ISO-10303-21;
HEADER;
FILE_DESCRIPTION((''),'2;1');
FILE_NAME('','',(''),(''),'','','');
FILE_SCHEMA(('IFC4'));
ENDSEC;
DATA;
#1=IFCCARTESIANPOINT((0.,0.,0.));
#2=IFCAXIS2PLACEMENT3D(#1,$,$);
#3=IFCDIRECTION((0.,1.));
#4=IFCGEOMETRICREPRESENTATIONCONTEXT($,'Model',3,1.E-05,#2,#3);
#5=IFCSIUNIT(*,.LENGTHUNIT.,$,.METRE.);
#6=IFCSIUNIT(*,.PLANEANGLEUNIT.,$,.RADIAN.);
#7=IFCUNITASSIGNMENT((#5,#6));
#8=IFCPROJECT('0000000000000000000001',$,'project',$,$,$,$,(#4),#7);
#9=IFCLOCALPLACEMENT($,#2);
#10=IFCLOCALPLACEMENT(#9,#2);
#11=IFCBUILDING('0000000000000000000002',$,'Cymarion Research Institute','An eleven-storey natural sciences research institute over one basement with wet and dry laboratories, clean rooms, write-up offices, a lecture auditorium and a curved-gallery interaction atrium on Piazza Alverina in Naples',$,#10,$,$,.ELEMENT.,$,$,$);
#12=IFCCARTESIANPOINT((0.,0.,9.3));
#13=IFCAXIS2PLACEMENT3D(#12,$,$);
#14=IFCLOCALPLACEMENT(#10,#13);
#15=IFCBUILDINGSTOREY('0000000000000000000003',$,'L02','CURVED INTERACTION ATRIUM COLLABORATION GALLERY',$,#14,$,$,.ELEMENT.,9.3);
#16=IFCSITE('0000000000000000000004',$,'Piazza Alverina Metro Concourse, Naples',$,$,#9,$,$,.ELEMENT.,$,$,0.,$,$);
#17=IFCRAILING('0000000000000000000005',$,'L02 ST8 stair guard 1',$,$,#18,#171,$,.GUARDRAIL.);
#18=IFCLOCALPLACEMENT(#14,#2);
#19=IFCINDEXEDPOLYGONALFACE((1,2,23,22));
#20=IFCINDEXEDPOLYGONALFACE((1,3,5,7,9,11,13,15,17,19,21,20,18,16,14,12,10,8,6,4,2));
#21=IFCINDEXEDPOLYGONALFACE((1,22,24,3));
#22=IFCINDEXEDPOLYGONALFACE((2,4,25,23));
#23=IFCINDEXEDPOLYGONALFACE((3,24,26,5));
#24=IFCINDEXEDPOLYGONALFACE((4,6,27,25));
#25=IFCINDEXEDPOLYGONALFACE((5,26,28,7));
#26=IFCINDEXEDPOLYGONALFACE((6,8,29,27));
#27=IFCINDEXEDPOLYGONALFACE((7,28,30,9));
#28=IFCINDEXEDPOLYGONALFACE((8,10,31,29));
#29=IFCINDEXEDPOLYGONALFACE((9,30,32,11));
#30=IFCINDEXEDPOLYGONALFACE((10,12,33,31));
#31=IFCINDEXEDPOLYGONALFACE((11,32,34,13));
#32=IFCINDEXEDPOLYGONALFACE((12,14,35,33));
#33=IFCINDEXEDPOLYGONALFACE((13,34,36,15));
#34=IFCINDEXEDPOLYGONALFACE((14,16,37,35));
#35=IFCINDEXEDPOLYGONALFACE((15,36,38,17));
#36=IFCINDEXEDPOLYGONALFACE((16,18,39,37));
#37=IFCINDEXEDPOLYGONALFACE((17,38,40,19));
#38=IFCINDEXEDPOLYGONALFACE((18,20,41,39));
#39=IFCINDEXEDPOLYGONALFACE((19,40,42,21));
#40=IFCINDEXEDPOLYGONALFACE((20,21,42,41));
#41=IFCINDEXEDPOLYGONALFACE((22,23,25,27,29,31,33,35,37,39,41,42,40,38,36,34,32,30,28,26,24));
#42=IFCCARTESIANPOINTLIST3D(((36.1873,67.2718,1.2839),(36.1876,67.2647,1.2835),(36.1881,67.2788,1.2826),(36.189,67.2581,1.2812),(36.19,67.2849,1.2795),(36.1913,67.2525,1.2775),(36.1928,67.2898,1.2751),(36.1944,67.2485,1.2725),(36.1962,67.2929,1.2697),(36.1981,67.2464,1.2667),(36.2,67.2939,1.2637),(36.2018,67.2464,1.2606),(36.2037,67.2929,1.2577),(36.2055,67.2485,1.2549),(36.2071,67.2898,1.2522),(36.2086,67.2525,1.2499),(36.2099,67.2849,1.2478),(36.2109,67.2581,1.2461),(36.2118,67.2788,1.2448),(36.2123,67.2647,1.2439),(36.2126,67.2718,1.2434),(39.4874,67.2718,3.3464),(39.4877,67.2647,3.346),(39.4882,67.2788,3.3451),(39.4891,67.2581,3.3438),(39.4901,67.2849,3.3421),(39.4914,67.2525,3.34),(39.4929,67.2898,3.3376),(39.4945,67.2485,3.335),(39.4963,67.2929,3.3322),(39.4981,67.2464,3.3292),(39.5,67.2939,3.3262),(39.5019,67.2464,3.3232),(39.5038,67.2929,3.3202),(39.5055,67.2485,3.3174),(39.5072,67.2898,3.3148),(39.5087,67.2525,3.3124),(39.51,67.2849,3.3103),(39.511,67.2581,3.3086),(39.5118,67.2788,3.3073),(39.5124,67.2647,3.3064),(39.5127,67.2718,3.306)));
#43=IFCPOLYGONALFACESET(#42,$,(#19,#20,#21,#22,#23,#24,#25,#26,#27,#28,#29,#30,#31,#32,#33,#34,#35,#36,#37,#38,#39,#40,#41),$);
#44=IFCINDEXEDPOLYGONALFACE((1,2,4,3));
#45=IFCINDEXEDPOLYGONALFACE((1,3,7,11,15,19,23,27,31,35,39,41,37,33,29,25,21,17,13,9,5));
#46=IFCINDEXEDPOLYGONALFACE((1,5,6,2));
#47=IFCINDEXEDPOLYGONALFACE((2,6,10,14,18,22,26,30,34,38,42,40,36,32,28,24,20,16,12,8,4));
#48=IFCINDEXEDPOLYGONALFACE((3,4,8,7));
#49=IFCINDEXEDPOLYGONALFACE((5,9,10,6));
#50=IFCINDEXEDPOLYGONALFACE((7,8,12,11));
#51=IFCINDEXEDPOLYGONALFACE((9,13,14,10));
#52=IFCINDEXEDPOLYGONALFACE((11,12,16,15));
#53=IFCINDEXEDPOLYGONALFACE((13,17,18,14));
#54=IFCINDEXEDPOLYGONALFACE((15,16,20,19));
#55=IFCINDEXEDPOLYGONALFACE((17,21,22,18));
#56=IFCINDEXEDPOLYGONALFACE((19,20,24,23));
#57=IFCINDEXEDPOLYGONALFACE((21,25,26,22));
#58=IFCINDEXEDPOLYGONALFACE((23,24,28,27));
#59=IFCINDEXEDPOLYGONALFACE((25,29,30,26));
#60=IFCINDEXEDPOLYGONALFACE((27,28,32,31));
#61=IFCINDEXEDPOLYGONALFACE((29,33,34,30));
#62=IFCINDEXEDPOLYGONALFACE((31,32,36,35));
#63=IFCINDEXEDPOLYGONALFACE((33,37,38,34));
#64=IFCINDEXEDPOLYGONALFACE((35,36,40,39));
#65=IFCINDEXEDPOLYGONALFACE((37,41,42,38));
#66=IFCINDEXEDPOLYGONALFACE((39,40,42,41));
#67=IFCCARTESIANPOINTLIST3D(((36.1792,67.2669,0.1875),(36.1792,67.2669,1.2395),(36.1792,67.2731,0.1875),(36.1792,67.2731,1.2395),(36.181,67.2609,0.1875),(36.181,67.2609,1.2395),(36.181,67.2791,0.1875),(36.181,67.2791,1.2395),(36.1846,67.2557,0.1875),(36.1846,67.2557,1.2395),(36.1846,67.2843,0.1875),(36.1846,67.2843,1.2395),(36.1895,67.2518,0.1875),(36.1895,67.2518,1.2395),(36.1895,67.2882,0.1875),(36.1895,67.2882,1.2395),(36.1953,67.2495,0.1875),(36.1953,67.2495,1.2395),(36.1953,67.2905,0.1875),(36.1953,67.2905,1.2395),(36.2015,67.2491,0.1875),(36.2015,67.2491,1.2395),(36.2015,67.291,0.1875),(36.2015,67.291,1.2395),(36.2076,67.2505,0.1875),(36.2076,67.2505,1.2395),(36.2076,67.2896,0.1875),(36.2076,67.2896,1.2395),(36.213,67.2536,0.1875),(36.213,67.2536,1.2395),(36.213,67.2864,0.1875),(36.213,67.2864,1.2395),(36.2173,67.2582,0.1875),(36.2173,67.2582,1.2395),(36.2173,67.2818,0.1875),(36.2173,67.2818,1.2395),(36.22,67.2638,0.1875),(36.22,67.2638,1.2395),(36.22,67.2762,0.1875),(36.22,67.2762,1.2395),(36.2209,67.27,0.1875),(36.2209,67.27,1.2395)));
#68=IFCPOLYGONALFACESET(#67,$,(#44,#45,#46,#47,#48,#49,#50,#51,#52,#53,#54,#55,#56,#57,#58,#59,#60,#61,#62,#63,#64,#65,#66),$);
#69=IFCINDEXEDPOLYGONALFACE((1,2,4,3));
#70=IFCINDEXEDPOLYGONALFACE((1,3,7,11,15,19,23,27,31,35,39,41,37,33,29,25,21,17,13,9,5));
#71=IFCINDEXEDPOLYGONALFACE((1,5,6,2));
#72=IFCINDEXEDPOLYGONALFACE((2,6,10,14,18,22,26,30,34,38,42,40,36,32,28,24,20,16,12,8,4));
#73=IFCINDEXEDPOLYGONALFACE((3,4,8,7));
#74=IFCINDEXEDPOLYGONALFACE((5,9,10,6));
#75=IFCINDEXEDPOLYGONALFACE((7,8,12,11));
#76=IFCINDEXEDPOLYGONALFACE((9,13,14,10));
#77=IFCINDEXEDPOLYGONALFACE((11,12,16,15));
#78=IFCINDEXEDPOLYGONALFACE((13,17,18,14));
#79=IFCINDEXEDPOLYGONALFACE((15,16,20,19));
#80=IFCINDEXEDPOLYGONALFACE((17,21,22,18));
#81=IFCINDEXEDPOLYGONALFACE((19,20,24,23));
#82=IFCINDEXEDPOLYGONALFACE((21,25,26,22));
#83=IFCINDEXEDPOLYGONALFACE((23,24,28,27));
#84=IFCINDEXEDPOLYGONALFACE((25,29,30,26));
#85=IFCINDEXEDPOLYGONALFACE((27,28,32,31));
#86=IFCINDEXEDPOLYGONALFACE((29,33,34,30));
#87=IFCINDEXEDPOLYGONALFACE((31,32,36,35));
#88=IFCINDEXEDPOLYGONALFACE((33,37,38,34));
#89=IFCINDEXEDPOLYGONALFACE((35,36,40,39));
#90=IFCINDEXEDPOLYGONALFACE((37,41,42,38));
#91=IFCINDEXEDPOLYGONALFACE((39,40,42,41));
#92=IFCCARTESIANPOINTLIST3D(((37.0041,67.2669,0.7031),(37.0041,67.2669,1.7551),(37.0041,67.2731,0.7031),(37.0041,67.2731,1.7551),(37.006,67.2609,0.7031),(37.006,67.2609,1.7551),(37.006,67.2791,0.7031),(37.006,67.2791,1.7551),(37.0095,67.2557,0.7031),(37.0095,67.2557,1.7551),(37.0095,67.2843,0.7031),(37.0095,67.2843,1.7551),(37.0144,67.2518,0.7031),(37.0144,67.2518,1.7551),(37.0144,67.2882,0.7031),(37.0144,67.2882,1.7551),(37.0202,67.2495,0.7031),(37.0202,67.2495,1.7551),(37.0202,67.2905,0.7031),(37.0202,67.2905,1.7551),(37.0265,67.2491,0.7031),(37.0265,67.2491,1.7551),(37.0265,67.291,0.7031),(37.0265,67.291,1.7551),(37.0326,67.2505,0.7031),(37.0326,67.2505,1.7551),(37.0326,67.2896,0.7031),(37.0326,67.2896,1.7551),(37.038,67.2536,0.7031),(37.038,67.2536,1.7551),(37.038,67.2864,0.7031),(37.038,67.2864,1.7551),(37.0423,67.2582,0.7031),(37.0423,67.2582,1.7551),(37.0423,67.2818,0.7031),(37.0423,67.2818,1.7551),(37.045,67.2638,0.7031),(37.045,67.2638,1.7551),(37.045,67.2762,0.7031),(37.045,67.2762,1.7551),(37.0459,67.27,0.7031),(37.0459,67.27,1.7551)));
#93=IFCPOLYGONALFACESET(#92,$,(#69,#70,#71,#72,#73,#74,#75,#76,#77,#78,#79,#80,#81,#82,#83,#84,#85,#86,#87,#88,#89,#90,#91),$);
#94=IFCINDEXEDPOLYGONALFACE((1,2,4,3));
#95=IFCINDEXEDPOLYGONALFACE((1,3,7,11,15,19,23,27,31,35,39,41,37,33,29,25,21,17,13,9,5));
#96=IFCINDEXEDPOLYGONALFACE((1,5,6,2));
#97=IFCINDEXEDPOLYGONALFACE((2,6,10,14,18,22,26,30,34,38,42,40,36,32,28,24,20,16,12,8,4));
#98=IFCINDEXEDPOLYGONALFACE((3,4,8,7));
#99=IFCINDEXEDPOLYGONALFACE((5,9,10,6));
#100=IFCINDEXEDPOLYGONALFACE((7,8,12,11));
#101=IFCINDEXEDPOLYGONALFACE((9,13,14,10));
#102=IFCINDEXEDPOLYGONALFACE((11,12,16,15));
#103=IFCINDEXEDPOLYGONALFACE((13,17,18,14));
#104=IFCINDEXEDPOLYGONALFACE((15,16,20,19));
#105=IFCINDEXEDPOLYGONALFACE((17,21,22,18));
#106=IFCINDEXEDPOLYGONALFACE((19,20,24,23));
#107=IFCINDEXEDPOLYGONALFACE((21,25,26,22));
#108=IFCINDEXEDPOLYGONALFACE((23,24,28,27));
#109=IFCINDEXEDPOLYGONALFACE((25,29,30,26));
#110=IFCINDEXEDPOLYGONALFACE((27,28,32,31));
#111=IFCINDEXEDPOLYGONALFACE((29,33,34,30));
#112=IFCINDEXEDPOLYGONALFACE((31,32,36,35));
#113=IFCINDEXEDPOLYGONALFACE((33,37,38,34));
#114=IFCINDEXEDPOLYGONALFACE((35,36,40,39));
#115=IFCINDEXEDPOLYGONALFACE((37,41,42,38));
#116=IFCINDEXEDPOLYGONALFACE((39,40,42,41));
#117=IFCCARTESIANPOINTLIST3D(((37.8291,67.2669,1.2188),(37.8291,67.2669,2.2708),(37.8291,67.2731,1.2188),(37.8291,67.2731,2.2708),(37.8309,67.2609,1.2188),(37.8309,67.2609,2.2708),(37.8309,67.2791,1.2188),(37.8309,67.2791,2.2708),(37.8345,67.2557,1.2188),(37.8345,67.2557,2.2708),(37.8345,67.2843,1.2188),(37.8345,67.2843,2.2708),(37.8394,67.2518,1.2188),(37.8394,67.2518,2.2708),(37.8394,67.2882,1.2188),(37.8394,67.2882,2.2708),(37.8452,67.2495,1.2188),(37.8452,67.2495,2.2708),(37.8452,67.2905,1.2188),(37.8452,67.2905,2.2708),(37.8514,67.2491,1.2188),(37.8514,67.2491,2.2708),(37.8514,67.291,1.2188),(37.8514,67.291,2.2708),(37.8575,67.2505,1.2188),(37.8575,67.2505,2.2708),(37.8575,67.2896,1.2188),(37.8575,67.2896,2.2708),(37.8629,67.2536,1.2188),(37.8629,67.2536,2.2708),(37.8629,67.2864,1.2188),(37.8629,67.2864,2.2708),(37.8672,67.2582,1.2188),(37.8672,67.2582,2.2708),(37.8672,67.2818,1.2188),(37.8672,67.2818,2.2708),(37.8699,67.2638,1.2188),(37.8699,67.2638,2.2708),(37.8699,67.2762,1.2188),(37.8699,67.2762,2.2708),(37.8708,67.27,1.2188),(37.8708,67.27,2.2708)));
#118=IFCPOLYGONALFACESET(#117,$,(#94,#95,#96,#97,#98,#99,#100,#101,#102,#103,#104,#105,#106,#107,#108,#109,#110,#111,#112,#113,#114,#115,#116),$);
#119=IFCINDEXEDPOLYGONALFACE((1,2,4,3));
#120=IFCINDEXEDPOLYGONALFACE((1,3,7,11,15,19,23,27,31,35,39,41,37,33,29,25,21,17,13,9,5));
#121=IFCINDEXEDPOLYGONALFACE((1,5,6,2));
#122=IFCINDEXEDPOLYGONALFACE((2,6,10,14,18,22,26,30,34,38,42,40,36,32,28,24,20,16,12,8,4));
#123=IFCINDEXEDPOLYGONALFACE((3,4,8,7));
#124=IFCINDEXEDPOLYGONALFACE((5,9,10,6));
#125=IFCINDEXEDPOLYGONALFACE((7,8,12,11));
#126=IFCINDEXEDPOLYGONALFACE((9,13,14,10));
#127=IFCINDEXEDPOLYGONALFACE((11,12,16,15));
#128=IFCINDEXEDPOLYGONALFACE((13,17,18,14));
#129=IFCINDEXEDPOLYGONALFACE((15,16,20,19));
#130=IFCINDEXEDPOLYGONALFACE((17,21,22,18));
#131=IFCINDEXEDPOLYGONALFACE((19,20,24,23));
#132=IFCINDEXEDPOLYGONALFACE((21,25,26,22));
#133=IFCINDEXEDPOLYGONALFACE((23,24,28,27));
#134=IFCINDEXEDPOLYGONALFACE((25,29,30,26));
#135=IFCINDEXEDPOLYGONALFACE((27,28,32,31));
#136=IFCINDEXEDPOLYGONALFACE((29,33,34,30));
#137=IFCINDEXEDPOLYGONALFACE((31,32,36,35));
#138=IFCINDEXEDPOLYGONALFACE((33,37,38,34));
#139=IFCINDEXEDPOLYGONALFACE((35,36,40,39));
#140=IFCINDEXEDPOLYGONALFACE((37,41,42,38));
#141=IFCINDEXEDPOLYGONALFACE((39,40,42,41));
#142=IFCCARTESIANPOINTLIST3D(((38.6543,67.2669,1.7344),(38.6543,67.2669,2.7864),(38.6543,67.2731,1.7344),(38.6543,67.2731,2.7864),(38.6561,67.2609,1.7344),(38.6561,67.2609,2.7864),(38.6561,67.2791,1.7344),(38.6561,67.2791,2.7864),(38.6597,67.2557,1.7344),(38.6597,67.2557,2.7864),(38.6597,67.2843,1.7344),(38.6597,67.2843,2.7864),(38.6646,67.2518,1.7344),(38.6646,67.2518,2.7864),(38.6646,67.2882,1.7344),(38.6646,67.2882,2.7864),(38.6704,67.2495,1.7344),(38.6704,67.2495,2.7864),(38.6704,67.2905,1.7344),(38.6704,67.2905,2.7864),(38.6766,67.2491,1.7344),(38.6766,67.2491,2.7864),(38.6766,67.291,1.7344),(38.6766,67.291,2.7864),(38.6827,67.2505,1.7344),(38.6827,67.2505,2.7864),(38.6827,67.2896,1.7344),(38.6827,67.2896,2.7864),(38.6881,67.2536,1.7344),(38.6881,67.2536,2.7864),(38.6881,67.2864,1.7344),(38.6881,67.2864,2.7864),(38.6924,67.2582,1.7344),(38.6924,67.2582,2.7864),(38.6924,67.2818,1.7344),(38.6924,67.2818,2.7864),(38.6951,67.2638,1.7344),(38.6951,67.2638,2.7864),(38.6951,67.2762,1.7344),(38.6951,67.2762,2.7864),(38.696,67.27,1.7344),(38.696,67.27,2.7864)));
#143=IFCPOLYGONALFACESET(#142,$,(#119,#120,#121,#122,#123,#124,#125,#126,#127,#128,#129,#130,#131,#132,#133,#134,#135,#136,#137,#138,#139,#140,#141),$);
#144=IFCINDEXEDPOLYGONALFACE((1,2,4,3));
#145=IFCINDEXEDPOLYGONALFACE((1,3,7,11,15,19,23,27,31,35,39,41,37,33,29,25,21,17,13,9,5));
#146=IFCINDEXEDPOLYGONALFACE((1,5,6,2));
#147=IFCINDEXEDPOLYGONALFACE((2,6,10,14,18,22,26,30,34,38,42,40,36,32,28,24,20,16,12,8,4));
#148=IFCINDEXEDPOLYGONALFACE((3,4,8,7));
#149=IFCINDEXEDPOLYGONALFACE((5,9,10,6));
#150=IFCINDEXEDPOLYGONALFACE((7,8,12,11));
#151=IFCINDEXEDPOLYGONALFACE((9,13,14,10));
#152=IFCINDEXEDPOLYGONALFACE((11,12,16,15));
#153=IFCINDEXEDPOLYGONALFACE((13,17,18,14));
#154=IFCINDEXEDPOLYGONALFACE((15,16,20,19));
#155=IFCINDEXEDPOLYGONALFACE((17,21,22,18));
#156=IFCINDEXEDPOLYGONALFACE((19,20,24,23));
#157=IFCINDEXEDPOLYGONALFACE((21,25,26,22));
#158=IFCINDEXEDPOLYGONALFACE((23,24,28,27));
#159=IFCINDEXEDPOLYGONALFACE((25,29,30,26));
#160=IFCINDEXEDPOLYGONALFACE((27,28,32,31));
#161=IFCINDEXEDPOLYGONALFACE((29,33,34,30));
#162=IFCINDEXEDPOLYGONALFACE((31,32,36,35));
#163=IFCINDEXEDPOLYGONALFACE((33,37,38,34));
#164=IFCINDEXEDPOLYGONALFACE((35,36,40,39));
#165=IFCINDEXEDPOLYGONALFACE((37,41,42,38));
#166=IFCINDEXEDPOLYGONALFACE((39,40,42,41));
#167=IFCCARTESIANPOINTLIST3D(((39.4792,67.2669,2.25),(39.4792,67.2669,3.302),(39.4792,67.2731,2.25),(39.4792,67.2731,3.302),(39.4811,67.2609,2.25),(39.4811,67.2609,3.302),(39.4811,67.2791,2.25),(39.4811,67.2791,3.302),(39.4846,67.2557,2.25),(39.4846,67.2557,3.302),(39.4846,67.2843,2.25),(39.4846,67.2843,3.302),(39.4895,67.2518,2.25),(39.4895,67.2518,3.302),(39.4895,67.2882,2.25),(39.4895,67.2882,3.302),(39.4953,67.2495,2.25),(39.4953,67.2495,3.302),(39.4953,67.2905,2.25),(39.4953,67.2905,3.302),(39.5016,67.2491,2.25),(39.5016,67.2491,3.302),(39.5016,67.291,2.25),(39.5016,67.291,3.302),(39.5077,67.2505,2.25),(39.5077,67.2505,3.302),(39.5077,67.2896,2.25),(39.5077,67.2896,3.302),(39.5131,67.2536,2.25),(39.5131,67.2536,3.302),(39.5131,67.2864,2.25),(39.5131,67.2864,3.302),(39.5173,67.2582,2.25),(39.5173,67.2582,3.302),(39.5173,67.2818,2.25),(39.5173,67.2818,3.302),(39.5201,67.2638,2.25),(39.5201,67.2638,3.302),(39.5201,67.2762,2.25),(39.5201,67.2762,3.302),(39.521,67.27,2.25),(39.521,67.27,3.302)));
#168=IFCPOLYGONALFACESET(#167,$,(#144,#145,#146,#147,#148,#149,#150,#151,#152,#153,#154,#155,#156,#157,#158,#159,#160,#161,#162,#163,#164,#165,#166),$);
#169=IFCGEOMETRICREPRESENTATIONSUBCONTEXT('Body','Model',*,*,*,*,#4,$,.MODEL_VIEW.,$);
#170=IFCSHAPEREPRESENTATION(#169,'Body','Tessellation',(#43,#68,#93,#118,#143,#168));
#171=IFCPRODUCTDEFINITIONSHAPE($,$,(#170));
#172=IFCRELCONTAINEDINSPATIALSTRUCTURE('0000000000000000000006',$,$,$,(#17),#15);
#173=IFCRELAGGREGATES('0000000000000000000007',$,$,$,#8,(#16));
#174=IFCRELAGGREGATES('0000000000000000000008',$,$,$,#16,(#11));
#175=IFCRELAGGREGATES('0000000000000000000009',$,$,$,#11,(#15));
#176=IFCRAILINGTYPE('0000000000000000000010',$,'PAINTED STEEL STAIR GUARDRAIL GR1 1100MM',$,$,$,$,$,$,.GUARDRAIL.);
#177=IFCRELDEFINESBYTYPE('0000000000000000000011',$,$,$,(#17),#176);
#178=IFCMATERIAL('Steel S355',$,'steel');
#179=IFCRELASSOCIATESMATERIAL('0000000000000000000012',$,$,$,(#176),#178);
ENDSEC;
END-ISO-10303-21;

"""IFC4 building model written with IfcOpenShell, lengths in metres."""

from ifc_helpers import new_model, si_unit, direction, frame, origin, origin_2d, place, context, subcontext, project, spatial, circle, extrude, material, type_object, element, save


model = new_model("IFC4")

# Units and contexts
model_context = context("Model", 3, precision=1e-05, world=origin(), true_north=direction((0.0, 1.0)))
body_context = subcontext(model_context, "Body", "Model", "MODEL_VIEW")
ifc_project = project(units=[si_unit("LENGTHUNIT", "METRE"), si_unit("PLANEANGLEUNIT", "RADIAN")], contexts=[model_context])

# Site, building, storey
site_placement = place(None, origin())
site = spatial("IfcSite", under=ifc_project, at=site_placement, Name="Piazza Alverina Metro Concourse, Naples", CompositionType="ELEMENT", RefElevation=0.0)
building_placement = place(site_placement, origin())
building = spatial("IfcBuilding", under=site, at=building_placement, Name="Cymarion Research Institute", Description="An eleven-storey natural sciences research institute over one basement with wet and dry laboratories, clean rooms, write-up offices, a lecture auditorium and a curved-gallery interaction atrium on Piazza Alverina in Naples", CompositionType="ELEMENT")
storey_placement = place(building_placement, frame((0.0, 0.0, 9.3)))
storey = spatial("IfcBuildingStorey", under=building, at=storey_placement, Name="L02", Description="CURVED INTERACTION ATRIUM COLLABORATION GALLERY", CompositionType="ELEMENT", Elevation=9.3)

# Shared definitions
ifc_material_1 = material(Name="Steel S355", Category="steel")

# Railing
railing_type_1 = type_object("IfcRailingType", Name="PAINTED STEEL STAIR GUARDRAIL GR1 1100MM", PredefinedType="GUARDRAIL", material=ifc_material_1)
railing_1_placement = place(storey_placement, frame((36.2, 67.27, 0.1875)))
element("IfcRailing", 1, at=railing_1_placement, inside=storey, type_object=railing_type_1, Name="L02 ST8 stair guard 1", PredefinedType="GUARDRAIL", context=body_context, shape_type="SweptSolid", body=[
    extrude(circle(Radius=0.0239, at=origin_2d()), frame((0.0, 0.0, 1.0762), z_axis=(0.848002, 0.0, 0.529993), x_axis=(0.0, 1.0, 0.0)), (0.0, 0.0, 1.0), 3.8916),
    extrude(circle(Radius=0.021, at=origin_2d()), origin(), (0.0, 0.0, 1.0), 1.052),
    extrude(circle(Radius=0.021, at=origin_2d()), frame((0.825, 0.0, 0.5156)), (0.0, 0.0, 1.0), 1.052),
    extrude(circle(Radius=0.021, at=origin_2d()), frame((1.6499, 0.0, 1.0312)), (0.0, 0.0, 1.0), 1.052),
    extrude(circle(Radius=0.021, at=origin_2d()), frame((2.4751, 0.0, 1.5469)), (0.0, 0.0, 1.0), 1.052),
    extrude(circle(Radius=0.021, at=origin_2d()), frame((3.3, 0.0, 2.0625)), (0.0, 0.0, 1.0), 1.052),
])

save(model, "model.ifc")
